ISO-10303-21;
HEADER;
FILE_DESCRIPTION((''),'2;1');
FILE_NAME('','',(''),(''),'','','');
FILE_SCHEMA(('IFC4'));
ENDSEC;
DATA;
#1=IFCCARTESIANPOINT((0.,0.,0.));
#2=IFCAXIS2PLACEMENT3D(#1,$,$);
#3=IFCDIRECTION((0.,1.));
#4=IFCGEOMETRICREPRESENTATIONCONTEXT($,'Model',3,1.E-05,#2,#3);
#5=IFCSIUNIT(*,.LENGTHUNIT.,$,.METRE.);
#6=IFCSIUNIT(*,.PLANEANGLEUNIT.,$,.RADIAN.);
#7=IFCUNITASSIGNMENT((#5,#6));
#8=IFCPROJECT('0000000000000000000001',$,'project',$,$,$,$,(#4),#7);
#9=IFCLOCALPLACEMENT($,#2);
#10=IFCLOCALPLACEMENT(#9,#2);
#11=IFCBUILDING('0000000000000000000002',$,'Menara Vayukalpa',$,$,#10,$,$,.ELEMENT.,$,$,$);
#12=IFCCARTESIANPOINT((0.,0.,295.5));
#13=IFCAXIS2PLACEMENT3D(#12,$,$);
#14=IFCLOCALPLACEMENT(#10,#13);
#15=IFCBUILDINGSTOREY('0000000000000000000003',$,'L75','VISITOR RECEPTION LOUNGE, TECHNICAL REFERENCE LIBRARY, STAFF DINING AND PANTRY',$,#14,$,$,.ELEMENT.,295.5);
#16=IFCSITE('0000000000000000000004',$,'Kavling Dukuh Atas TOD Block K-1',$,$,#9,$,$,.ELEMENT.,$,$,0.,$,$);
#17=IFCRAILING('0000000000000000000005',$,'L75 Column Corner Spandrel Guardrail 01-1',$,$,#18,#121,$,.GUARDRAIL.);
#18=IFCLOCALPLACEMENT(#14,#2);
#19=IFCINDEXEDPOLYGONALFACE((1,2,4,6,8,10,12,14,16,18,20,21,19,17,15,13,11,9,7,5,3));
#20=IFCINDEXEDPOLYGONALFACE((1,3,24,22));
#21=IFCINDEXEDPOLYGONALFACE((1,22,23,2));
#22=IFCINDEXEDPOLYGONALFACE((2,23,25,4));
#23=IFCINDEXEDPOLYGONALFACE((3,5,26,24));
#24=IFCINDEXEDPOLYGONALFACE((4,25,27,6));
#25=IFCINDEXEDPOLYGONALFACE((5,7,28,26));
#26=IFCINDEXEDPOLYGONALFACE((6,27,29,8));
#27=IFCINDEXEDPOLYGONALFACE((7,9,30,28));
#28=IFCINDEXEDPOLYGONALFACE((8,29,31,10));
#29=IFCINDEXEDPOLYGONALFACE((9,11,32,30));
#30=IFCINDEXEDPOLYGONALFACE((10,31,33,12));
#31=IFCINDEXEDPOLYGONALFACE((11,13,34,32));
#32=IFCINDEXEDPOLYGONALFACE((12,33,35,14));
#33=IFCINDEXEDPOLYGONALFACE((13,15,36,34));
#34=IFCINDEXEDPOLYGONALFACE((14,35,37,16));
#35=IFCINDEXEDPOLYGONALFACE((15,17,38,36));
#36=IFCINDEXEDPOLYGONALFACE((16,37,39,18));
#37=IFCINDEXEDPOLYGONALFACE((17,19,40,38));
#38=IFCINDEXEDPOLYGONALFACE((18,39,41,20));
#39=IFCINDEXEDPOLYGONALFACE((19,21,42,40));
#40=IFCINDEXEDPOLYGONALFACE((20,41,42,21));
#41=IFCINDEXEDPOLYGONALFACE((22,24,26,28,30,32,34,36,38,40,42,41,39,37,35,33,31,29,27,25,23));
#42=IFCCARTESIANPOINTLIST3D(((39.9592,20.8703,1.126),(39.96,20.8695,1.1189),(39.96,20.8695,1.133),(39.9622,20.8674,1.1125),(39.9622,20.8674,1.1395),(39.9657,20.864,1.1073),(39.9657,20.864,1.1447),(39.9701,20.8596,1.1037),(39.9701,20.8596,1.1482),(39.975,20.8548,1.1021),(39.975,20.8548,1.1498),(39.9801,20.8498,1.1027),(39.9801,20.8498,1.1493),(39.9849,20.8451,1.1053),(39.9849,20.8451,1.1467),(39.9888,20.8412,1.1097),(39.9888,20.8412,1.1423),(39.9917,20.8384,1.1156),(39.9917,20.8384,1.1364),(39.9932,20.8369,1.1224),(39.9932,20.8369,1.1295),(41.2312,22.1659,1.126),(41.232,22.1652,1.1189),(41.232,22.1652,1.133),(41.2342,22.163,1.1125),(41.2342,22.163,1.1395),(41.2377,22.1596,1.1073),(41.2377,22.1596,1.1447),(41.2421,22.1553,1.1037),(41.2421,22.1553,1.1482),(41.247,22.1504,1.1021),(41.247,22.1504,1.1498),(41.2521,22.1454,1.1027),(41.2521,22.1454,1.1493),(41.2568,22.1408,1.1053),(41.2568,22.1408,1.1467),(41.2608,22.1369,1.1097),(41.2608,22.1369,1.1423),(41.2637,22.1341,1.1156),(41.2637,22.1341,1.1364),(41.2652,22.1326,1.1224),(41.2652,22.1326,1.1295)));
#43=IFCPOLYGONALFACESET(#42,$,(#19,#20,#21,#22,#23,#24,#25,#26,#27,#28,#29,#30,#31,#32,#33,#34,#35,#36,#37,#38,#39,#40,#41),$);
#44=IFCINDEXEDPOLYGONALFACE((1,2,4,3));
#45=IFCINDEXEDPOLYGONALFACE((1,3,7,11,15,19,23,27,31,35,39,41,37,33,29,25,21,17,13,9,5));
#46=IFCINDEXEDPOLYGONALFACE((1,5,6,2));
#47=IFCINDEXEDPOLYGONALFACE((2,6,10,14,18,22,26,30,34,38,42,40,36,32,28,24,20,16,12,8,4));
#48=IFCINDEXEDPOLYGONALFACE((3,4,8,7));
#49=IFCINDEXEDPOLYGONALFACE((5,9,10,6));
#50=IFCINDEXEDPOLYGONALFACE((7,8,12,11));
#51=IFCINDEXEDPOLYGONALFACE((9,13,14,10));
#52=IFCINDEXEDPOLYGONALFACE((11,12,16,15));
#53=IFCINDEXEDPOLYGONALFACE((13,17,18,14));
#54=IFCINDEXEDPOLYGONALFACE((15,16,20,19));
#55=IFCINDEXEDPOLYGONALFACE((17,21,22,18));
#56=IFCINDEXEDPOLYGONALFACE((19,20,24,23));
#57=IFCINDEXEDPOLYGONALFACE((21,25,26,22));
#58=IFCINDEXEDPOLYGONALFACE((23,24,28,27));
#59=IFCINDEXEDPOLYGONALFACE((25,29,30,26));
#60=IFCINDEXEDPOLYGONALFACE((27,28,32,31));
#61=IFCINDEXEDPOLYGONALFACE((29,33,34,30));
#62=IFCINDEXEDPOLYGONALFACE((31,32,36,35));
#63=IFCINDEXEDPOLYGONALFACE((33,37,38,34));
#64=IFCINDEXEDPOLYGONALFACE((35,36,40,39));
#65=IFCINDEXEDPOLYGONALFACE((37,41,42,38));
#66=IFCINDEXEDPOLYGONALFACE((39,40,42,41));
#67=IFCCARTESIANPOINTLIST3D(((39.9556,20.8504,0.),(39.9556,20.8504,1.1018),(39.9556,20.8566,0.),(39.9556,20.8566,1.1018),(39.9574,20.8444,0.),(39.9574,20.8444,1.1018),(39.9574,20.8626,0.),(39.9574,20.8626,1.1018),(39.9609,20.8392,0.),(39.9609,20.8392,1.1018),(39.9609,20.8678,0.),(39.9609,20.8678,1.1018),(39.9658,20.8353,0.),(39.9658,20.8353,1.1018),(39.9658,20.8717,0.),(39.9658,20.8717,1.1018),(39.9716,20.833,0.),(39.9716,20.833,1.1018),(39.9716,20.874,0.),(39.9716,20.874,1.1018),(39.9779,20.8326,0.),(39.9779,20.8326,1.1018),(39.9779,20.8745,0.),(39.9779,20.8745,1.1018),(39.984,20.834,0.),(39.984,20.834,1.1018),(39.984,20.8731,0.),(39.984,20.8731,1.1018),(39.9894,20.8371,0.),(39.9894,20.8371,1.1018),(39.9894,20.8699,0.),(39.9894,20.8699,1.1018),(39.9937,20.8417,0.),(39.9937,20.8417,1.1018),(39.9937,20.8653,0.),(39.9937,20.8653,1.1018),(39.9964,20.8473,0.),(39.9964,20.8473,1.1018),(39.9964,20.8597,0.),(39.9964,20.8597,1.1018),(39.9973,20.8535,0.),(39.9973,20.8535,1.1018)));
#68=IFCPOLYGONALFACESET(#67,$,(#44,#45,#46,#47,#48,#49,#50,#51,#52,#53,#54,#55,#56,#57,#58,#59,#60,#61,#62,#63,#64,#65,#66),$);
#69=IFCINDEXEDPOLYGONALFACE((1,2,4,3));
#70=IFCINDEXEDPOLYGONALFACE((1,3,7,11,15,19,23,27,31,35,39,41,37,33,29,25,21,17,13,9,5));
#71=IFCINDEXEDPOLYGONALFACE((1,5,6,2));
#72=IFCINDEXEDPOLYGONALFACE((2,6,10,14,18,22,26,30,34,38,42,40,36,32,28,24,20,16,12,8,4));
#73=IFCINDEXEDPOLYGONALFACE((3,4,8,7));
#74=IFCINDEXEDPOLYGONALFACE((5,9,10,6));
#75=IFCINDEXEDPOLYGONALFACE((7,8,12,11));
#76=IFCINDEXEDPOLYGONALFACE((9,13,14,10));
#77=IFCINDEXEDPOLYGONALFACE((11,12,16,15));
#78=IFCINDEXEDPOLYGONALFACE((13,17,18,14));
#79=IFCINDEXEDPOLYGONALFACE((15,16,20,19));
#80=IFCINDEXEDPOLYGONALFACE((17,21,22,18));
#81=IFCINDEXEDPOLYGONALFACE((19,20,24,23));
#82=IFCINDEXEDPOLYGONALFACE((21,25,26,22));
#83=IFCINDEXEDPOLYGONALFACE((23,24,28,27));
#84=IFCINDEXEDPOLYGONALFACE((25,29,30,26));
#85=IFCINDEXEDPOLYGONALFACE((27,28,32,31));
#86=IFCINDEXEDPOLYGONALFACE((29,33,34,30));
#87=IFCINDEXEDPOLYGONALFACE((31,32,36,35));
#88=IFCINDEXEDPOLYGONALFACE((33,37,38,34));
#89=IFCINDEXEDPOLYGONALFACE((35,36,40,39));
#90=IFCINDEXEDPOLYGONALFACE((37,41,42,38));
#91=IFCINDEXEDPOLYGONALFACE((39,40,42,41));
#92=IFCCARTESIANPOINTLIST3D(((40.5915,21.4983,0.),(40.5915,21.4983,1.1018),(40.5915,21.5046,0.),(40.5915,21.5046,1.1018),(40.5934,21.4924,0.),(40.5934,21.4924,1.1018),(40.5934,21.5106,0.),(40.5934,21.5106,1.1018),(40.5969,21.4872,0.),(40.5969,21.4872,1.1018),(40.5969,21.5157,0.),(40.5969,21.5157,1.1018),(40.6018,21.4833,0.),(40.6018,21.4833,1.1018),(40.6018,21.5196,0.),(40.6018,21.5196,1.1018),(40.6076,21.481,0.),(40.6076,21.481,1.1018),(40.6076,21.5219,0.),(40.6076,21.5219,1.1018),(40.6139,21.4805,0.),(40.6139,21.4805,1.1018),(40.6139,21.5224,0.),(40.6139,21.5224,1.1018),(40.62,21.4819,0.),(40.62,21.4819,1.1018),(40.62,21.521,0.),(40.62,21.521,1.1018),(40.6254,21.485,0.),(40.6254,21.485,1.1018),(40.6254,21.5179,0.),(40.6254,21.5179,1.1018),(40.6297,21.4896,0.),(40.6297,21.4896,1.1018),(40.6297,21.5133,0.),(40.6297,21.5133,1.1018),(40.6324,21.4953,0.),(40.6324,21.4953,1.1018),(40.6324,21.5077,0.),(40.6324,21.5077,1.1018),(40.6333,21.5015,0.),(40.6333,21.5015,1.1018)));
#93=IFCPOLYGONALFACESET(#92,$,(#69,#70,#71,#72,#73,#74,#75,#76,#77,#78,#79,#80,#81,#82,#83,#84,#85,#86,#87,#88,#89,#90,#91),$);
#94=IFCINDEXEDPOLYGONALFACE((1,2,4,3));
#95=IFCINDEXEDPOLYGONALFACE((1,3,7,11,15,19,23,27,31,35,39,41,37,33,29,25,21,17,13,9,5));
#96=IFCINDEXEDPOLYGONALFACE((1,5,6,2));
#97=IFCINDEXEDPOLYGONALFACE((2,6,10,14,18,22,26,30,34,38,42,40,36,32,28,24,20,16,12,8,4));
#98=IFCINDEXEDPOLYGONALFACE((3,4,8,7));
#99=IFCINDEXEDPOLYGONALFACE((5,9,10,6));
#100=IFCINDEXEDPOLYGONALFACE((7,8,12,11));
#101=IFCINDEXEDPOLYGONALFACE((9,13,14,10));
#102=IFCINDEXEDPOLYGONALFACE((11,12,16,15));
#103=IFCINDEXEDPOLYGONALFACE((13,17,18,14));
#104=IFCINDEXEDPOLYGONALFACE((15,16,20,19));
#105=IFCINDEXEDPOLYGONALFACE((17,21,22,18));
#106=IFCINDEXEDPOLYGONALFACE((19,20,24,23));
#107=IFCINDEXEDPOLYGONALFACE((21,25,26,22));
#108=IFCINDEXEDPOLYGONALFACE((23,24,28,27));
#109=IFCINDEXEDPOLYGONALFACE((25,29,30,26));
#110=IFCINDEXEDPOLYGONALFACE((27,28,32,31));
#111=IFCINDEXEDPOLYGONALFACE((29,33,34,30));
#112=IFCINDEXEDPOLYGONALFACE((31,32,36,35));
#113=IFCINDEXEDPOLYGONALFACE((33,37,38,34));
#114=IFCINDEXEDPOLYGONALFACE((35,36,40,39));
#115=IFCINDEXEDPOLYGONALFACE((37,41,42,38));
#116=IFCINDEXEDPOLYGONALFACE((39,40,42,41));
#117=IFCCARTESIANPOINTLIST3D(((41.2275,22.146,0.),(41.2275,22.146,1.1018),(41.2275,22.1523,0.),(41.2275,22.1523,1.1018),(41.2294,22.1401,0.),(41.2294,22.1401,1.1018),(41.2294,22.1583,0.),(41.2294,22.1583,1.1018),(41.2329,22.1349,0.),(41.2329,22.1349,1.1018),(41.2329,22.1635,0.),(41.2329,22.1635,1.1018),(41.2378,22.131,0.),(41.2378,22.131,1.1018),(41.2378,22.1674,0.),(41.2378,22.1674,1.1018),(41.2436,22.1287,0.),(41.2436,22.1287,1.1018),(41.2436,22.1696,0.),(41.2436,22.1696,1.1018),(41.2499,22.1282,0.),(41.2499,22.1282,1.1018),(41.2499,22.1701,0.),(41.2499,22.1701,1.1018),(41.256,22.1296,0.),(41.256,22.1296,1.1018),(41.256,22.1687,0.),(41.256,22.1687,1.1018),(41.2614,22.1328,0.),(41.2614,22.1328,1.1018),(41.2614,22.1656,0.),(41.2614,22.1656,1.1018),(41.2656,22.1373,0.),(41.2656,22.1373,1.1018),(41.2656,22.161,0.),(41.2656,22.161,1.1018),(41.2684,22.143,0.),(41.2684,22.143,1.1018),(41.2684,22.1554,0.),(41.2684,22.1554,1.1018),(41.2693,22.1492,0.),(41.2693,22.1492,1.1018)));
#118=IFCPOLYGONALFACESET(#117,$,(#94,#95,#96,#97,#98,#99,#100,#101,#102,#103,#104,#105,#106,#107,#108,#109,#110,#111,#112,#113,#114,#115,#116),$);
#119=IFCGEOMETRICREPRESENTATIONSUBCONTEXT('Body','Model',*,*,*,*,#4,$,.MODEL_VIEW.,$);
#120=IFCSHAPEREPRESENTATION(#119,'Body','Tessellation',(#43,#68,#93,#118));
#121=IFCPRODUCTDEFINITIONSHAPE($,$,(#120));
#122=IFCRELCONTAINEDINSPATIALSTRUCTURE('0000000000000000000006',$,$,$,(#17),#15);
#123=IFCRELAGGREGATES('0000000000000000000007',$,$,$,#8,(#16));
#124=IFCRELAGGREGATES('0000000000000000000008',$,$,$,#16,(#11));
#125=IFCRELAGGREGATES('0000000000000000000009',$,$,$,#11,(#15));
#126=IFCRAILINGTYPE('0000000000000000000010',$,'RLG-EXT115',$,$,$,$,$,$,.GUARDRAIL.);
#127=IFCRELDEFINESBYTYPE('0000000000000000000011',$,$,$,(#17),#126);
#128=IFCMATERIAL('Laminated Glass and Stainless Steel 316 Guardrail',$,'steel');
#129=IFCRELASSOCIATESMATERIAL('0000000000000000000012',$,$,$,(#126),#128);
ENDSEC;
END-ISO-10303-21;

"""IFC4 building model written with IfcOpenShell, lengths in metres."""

from ifc_helpers import new_model, si_unit, direction, frame, origin, origin_2d, place, context, subcontext, project, spatial, circle, extrude, material, type_object, element, save


model = new_model("IFC4")

# Units and contexts
model_context = context("Model", 3, precision=1e-05, world=origin(), true_north=direction((0.0, 1.0)))
body_context = subcontext(model_context, "Body", "Model", "MODEL_VIEW")
ifc_project = project(units=[si_unit("LENGTHUNIT", "METRE"), si_unit("PLANEANGLEUNIT", "RADIAN")], contexts=[model_context])

# Site, building, storey
site_placement = place(None, origin())
site = spatial("IfcSite", under=ifc_project, at=site_placement, Name="Kavling Dukuh Atas TOD Block K-1", CompositionType="ELEMENT", RefElevation=0.0)
building_placement = place(site_placement, origin())
building = spatial("IfcBuilding", under=site, at=building_placement, Name="Menara Vayukalpa", CompositionType="ELEMENT")
storey_placement = place(building_placement, frame((0.0, 0.0, 295.5)))
storey = spatial("IfcBuildingStorey", under=building, at=storey_placement, Name="L75", Description="VISITOR RECEPTION LOUNGE, TECHNICAL REFERENCE LIBRARY, STAFF DINING AND PANTRY", CompositionType="ELEMENT", Elevation=295.5)

# Railing
ifc_material_1 = material(Name="Laminated Glass and Stainless Steel 316 Guardrail", Category="steel")
railing_type_1 = type_object("IfcRailingType", Name="RLG-EXT115", PredefinedType="GUARDRAIL", material=ifc_material_1)
railing_1_placement = place(storey_placement, frame((39.9763, 20.8535, 0.0)))
element("IfcRailing", 1, at=railing_1_placement, inside=storey, type_object=railing_type_1, Name="L75 Column Corner Spandrel Guardrail 01-1", PredefinedType="GUARDRAIL", context=body_context, shape_type="SweptSolid", body=[
    extrude(circle(Radius=0.0239, at=origin_2d()), frame((0.0, 0.0, 1.126), z_axis=(0.700555, 0.713598, 0.0), x_axis=(-0.713598, 0.700555, 0.0)), (0.0, 0.0, 1.0), 1.8157),
    extrude(circle(Radius=0.021, at=origin_2d()), origin(), (0.0, 0.0, 1.0), 1.1018),
    extrude(circle(Radius=0.021, at=origin_2d()), frame((0.636, 0.6479, 0.0)), (0.0, 0.0, 1.0), 1.1018),
    extrude(circle(Radius=0.021, at=origin_2d()), frame((1.272, 1.2957, 0.0)), (0.0, 0.0, 1.0), 1.1018),
])

save(model, "model.ifc")
